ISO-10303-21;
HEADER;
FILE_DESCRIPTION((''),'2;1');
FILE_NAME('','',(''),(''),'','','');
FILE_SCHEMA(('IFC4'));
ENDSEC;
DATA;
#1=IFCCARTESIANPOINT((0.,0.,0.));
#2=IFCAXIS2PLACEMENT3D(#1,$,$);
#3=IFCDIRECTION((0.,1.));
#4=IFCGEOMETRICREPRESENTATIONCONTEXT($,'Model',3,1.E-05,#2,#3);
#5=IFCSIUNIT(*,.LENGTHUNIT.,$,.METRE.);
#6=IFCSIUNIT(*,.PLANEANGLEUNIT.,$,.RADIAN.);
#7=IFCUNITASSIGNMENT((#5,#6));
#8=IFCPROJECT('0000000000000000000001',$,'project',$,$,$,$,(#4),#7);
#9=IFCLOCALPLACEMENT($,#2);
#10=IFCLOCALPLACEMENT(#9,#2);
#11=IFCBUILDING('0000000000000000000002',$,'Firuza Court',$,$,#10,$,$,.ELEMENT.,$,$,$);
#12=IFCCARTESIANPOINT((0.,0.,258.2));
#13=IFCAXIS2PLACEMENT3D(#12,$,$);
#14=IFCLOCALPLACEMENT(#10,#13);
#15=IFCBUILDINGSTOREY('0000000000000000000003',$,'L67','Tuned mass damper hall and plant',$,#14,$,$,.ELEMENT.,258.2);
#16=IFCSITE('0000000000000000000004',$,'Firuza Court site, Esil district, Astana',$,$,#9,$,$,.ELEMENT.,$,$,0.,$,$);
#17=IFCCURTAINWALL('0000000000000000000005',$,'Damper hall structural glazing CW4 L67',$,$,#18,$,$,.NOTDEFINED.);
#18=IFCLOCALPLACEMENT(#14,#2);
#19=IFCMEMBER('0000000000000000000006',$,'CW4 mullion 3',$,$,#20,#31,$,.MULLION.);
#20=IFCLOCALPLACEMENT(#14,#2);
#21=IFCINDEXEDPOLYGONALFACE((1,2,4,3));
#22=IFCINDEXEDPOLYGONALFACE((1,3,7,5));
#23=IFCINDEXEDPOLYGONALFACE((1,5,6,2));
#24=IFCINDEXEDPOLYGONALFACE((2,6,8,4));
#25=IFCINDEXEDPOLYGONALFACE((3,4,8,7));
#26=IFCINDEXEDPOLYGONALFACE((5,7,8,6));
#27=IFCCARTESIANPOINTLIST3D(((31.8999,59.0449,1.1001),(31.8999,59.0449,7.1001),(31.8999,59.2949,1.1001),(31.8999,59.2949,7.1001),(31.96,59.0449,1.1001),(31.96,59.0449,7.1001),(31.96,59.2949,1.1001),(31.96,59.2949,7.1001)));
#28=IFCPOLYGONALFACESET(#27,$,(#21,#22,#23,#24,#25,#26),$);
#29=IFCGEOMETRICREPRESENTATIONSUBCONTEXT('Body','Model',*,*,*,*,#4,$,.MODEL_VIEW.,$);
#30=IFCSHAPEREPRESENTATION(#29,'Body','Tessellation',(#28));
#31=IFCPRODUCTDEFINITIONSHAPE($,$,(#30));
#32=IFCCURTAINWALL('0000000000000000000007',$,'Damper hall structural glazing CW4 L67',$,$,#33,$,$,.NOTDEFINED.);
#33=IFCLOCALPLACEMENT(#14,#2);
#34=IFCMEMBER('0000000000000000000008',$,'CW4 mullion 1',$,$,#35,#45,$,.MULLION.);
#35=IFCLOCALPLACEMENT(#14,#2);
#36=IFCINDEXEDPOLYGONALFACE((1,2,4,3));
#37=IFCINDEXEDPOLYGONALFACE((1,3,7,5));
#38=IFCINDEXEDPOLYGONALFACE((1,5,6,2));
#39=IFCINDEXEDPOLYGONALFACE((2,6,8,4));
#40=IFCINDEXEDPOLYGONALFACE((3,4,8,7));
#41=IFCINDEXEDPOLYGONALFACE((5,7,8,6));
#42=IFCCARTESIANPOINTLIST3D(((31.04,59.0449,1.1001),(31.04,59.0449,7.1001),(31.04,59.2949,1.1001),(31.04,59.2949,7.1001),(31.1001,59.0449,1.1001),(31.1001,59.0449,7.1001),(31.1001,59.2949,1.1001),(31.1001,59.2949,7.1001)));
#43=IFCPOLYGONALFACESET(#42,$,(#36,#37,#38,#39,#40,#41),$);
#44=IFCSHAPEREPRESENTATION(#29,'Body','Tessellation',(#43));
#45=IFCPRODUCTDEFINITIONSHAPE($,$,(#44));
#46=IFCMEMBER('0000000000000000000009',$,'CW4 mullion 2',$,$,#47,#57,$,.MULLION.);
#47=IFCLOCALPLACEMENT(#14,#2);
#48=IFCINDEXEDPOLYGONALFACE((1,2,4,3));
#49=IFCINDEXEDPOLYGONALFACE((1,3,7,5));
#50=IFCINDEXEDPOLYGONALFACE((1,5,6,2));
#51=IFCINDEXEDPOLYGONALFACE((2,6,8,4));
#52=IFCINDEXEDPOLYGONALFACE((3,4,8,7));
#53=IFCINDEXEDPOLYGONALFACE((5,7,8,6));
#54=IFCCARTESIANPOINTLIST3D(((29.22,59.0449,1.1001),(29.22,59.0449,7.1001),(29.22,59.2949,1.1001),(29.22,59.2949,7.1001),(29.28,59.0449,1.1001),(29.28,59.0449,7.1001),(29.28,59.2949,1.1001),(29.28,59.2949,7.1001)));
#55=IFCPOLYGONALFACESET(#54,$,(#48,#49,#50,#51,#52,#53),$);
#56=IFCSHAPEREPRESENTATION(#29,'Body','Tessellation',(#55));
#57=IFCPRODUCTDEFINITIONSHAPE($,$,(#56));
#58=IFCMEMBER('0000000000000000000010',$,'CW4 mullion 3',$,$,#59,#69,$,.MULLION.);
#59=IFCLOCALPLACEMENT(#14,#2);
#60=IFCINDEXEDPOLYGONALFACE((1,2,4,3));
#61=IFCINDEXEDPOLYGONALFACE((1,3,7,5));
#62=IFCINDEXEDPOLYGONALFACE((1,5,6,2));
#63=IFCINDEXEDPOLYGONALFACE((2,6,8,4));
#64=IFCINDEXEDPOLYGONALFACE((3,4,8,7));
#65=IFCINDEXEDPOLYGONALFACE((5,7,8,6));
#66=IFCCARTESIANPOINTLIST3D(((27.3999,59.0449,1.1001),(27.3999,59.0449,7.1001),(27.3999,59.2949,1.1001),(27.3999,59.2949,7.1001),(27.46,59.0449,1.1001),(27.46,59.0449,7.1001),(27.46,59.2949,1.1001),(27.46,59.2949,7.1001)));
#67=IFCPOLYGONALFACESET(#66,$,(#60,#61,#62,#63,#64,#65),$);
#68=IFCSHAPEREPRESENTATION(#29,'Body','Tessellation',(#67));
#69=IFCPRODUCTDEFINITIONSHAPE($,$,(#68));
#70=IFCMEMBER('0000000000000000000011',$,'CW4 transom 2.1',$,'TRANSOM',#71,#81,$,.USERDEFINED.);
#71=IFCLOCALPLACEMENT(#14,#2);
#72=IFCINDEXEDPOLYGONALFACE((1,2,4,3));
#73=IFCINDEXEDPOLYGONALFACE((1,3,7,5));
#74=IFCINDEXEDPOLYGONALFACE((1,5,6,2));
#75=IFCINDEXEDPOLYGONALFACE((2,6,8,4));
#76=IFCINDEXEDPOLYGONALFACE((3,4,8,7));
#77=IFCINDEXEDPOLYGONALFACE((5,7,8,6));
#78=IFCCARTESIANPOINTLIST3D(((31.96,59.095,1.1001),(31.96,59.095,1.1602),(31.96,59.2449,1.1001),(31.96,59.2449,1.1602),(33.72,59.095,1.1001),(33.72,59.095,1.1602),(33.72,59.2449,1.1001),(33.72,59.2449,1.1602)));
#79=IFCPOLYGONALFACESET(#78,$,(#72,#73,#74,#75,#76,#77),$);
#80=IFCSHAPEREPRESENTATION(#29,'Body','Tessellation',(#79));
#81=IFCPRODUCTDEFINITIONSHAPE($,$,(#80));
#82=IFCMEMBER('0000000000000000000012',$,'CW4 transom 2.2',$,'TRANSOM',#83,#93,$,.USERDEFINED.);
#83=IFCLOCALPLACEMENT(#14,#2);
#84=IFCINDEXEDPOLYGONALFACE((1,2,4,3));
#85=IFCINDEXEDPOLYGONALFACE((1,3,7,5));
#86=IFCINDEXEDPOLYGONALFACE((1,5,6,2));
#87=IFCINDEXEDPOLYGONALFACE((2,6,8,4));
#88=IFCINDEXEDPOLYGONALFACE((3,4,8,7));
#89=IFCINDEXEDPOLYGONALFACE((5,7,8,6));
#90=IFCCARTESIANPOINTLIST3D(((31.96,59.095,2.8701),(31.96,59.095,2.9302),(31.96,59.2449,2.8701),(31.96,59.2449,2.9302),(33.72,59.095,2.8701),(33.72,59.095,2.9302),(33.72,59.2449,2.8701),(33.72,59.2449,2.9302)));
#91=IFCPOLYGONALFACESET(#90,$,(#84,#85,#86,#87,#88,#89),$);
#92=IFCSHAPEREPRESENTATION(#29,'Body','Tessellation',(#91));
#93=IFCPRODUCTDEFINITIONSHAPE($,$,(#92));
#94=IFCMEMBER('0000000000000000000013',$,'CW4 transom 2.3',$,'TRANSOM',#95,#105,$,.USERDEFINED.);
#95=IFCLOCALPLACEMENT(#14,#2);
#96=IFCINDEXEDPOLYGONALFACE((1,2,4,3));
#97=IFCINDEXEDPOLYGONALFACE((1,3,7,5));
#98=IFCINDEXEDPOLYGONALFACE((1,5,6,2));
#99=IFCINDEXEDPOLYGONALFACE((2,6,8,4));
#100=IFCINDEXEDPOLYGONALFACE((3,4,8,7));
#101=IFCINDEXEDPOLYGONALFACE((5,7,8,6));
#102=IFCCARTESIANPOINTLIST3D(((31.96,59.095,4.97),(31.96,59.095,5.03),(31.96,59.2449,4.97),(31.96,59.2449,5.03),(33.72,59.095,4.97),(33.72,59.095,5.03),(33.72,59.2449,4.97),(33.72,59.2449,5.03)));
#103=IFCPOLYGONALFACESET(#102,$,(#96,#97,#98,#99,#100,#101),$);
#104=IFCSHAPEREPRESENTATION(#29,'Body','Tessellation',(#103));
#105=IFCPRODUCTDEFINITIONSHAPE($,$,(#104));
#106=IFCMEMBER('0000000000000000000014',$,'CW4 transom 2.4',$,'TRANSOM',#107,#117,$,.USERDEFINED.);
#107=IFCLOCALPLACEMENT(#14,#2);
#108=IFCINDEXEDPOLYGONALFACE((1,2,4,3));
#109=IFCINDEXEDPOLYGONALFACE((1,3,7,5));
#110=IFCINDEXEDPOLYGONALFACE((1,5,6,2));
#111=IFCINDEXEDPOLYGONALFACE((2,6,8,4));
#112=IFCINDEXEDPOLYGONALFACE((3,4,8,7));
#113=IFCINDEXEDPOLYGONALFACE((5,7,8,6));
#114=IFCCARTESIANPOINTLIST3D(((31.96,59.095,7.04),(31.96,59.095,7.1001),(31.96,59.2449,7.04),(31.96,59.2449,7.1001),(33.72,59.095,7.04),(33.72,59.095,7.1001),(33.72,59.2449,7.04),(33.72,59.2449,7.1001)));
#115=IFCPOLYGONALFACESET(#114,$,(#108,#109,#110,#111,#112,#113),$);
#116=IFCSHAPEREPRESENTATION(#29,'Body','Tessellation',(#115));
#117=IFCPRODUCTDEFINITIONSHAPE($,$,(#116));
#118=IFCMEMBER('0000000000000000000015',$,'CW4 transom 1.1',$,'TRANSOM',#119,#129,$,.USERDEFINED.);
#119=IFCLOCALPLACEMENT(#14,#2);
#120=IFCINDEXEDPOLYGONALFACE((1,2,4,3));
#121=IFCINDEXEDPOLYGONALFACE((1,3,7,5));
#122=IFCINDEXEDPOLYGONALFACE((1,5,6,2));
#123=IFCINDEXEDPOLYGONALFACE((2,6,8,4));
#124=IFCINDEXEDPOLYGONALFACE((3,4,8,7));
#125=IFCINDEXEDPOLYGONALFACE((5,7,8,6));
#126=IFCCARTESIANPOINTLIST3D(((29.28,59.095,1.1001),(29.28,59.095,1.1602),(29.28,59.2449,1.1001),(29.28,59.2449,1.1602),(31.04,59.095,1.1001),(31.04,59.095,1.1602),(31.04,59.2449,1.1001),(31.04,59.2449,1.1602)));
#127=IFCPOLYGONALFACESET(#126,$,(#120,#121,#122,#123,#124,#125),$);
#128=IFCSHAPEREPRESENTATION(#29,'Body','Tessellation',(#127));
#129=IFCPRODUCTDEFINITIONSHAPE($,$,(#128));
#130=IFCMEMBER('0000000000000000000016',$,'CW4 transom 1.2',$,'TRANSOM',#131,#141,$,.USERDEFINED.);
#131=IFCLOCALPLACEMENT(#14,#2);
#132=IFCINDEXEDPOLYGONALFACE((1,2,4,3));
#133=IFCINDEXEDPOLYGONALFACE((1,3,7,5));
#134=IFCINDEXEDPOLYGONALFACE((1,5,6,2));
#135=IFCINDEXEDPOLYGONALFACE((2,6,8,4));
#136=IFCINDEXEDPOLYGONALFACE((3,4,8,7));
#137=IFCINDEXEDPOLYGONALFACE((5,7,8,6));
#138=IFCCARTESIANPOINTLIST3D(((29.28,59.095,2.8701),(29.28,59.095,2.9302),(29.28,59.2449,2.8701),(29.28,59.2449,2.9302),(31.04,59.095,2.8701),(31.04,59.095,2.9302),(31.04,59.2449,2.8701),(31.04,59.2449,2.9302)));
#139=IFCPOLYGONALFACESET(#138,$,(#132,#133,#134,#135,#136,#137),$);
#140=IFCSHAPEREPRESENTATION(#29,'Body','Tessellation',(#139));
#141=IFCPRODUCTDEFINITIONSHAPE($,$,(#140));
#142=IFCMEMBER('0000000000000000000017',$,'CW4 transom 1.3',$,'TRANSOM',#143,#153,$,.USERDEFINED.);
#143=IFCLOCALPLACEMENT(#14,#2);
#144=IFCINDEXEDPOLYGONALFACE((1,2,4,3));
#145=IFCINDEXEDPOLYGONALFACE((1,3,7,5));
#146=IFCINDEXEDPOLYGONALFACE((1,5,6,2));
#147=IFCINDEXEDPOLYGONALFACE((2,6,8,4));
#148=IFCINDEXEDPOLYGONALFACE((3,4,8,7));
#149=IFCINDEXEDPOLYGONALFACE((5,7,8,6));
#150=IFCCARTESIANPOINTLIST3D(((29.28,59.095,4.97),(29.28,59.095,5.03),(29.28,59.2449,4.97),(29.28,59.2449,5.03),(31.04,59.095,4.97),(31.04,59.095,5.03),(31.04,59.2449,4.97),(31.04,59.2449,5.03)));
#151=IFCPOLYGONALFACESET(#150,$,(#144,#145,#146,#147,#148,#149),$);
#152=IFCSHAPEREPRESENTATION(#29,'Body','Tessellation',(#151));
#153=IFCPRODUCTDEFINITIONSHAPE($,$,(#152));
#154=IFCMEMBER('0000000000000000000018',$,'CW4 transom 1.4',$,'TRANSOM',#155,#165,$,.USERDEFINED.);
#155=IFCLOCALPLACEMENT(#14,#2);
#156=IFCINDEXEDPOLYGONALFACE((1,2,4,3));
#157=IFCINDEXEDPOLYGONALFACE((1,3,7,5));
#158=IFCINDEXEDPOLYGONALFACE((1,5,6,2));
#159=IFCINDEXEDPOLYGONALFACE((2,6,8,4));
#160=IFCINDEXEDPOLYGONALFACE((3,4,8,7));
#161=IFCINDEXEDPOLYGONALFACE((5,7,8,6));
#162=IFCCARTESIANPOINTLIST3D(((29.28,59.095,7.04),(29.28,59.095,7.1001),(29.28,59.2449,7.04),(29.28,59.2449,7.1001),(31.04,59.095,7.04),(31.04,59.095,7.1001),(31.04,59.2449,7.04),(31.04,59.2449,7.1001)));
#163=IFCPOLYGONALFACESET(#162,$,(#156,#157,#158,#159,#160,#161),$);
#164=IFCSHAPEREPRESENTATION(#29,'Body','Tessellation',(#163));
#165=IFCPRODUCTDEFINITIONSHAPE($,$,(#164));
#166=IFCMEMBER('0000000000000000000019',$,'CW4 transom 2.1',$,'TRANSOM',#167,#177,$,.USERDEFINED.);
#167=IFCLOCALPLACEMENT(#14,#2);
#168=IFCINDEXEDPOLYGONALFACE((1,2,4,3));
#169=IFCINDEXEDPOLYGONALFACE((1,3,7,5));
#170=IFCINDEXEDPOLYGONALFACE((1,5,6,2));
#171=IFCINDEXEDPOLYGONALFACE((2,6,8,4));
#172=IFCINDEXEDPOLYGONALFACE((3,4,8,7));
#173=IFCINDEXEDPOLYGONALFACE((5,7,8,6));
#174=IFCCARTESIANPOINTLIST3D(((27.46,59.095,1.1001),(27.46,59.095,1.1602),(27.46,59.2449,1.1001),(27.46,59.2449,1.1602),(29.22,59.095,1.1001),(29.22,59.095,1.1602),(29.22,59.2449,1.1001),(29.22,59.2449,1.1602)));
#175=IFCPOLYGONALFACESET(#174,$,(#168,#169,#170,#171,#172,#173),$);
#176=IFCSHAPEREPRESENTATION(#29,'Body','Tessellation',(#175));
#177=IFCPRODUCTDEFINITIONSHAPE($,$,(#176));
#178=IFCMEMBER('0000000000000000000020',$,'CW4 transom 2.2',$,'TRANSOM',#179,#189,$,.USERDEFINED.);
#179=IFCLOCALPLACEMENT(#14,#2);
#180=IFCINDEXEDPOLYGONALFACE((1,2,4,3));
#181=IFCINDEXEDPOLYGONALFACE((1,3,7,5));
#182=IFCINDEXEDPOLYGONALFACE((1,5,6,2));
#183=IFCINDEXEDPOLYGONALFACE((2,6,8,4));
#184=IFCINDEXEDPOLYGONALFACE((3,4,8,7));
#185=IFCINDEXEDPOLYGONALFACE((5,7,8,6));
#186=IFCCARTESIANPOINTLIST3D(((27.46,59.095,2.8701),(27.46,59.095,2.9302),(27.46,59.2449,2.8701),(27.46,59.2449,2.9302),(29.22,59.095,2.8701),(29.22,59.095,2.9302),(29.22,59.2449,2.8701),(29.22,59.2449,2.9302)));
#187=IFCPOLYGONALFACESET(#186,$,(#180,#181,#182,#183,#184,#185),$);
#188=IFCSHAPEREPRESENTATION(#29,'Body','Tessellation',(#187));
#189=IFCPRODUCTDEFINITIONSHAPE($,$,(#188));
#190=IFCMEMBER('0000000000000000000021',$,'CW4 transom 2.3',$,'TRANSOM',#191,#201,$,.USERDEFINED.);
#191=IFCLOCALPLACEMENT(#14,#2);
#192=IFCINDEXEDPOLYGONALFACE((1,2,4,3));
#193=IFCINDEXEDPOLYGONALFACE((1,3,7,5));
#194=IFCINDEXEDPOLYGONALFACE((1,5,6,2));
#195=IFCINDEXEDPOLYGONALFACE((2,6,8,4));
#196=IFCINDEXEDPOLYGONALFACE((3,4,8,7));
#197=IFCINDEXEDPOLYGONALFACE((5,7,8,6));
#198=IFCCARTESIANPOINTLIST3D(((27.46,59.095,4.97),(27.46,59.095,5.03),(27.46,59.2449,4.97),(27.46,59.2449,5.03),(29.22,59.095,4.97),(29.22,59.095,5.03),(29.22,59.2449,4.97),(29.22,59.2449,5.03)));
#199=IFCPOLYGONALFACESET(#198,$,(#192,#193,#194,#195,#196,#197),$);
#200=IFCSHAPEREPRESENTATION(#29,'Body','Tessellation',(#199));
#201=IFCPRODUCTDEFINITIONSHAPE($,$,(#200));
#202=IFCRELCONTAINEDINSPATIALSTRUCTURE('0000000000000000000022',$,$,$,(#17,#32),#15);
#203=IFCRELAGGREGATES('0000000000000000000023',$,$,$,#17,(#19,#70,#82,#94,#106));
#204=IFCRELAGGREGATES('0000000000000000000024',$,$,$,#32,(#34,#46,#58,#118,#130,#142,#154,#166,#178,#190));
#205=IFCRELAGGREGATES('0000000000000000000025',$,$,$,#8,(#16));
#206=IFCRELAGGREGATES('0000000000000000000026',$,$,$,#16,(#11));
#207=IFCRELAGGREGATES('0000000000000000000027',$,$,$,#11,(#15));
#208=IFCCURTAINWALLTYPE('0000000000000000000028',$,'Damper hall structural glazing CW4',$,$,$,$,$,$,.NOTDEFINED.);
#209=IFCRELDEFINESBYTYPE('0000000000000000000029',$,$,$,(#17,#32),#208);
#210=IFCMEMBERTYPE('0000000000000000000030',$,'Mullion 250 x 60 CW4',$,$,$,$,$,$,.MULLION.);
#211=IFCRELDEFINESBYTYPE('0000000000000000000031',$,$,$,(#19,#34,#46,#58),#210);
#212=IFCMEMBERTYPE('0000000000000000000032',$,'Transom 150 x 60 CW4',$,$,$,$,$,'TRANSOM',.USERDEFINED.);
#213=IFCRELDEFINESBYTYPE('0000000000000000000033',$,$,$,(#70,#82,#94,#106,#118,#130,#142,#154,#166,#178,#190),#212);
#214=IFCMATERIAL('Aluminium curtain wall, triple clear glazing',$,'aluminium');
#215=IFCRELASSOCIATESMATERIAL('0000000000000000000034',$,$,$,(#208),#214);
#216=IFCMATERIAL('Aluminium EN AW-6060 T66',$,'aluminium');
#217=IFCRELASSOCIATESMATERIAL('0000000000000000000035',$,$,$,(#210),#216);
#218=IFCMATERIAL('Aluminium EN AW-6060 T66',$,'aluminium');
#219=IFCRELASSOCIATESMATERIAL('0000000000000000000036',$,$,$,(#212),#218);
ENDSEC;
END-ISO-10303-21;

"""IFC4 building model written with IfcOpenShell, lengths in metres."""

from ifc_helpers import new_model, si_unit, direction, frame, origin, origin_2d, place, context, subcontext, project, spatial, rectangle, extrude, material, material_profile, profile_set, type_object, element, aggregate, save


model = new_model("IFC4")

# Units and contexts
model_context = context("Model", 3, precision=1e-05, world=origin(), true_north=direction((0.0, 1.0)))
body_context = subcontext(model_context, "Body", "Model", "MODEL_VIEW")
ifc_project = project(units=[si_unit("LENGTHUNIT", "METRE"), si_unit("PLANEANGLEUNIT", "RADIAN")], contexts=[model_context])

# Site, building, storey
site_placement = place(None, origin())
site = spatial("IfcSite", under=ifc_project, at=site_placement, Name="Firuza Court site, Esil district, Astana", CompositionType="ELEMENT", RefElevation=0.0)
building_placement = place(site_placement, origin())
building = spatial("IfcBuilding", under=site, at=building_placement, Name="Firuza Court", CompositionType="ELEMENT")
storey_placement = place(building_placement, frame((0.0, 0.0, 258.2)))
storey = spatial("IfcBuildingStorey", under=building, at=storey_placement, Name="L67", Description="Tuned mass damper hall and plant", CompositionType="ELEMENT", Elevation=258.2)

# Curtain wall, member
ifc_material_1 = material(Name="Aluminium curtain wall, triple clear glazing", Category="aluminium")
curtain_wall_type = type_object("IfcCurtainWallType", Name="Damper hall structural glazing CW4", PredefinedType="NOTDEFINED", material=ifc_material_1)
curtain_wall_1_placement = place(storey_placement, origin())
curtain_wall_1 = element("IfcCurtainWall", 1, at=curtain_wall_1_placement, inside=storey, type_object=curtain_wall_type, Name="Damper hall structural glazing CW4 L67", PredefinedType="NOTDEFINED")
ifc_material_2 = material(Name="Aluminium EN AW-6060 T66", Category="aluminium")
ifc_material_profile_1 = material_profile(ifc_material_2, rectangle(XDim=0.25, YDim=0.0601, at=origin_2d()), Name="Mullion 250 x 60 CW4")
ifc_profile_set_1 = profile_set([ifc_material_profile_1], Name="Aluminium EN AW-6060 T66")
member_type_1 = type_object("IfcMemberType", Name="Mullion 250 x 60 CW4", PredefinedType="MULLION", material=ifc_profile_set_1)
member_1_placement = place(storey_placement, frame((31.9299, 59.1699, 1.1001), z_axis=(0.0, 0.0, 1.0), x_axis=(0.0, -1.0, 0.0)))
member_1 = element("IfcMember", 2, at=member_1_placement, type_object=member_type_1, Name="CW4 mullion 3", PredefinedType="MULLION", context=body_context, shape_type="SweptSolid", body=[
    extrude(rectangle(XDim=0.25, YDim=0.0601, at=origin_2d()), origin(), (0.0, 0.0, 1.0), 6.0),
])

# Curtain wall, members
curtain_wall_2_placement = place(storey_placement, origin())
curtain_wall_2 = element("IfcCurtainWall", 3, at=curtain_wall_2_placement, inside=storey, type_object=curtain_wall_type, Name="Damper hall structural glazing CW4 L67", PredefinedType="NOTDEFINED")
member_2_placement = place(storey_placement, frame((31.0701, 59.1699, 1.1001), z_axis=(0.0, 0.0, 1.0), x_axis=(0.0, -1.0, 0.0)))
member_2 = element("IfcMember", 4, at=member_2_placement, type_object=member_type_1, Name="CW4 mullion 1", PredefinedType="MULLION", context=body_context, shape_type="SweptSolid", body=[
    extrude(rectangle(XDim=0.25, YDim=0.0601, at=origin_2d()), origin(), (0.0, 0.0, 1.0), 6.0),
])
member_3_placement = place(storey_placement, frame((29.25, 59.1699, 1.1001), z_axis=(0.0, 0.0, 1.0), x_axis=(0.0, -1.0, 0.0)))
member_3 = element("IfcMember", 5, at=member_3_placement, type_object=member_type_1, Name="CW4 mullion 2", PredefinedType="MULLION", context=body_context, shape_type="SweptSolid", body=[
    extrude(rectangle(XDim=0.25, YDim=0.0601, at=origin_2d()), origin(), (0.0, 0.0, 1.0), 6.0),
])
member_4_placement = place(storey_placement, frame((27.4299, 59.1699, 1.1001), z_axis=(0.0, 0.0, 1.0), x_axis=(0.0, -1.0, 0.0)))
member_4 = element("IfcMember", 6, at=member_4_placement, type_object=member_type_1, Name="CW4 mullion 3", PredefinedType="MULLION", context=body_context, shape_type="SweptSolid", body=[
    extrude(rectangle(XDim=0.25, YDim=0.0601, at=origin_2d()), origin(), (0.0, 0.0, 1.0), 6.0),
])

# Members
ifc_material_3 = material(Name="Aluminium EN AW-6060 T66", Category="aluminium")
ifc_material_profile_2 = material_profile(ifc_material_3, rectangle(XDim=0.1499, YDim=0.0601, at=origin_2d()), Name="Transom 150 x 60 CW4")
ifc_profile_set_2 = profile_set([ifc_material_profile_2], Name="Aluminium EN AW-6060 T66")
member_type_2 = type_object("IfcMemberType", Name="Transom 150 x 60 CW4", ElementType="TRANSOM", PredefinedType="USERDEFINED", material=ifc_profile_set_2)
member_5_placement = place(storey_placement, frame((33.72, 59.1699, 1.1301), z_axis=(-1.0, 0.0, 0.0), x_axis=(0.0, -1.0, 0.0)))
member_5 = element("IfcMember", 7, at=member_5_placement, type_object=member_type_2, Name="CW4 transom 2.1", ObjectType="TRANSOM", PredefinedType="USERDEFINED", context=body_context, shape_type="SweptSolid", body=[
    extrude(rectangle(XDim=0.1499, YDim=0.0601, at=origin_2d()), origin(), (0.0, 0.0, 1.0), 1.76),
])
member_6_placement = place(storey_placement, frame((33.72, 59.1699, 2.9001), z_axis=(-1.0, 0.0, 0.0), x_axis=(0.0, -1.0, 0.0)))
member_6 = element("IfcMember", 8, at=member_6_placement, type_object=member_type_2, Name="CW4 transom 2.2", ObjectType="TRANSOM", PredefinedType="USERDEFINED", context=body_context, shape_type="SweptSolid", body=[
    extrude(rectangle(XDim=0.1499, YDim=0.0601, at=origin_2d()), origin(), (0.0, 0.0, 1.0), 1.76),
])
member_7_placement = place(storey_placement, frame((33.72, 59.1699, 5.0), z_axis=(-1.0, 0.0, 0.0), x_axis=(0.0, -1.0, 0.0)))
member_7 = element("IfcMember", 9, at=member_7_placement, type_object=member_type_2, Name="CW4 transom 2.3", ObjectType="TRANSOM", PredefinedType="USERDEFINED", context=body_context, shape_type="SweptSolid", body=[
    extrude(rectangle(XDim=0.1499, YDim=0.0601, at=origin_2d()), origin(), (0.0, 0.0, 1.0), 1.76),
])
member_8_placement = place(storey_placement, frame((33.72, 59.1699, 7.0701), z_axis=(-1.0, 0.0, 0.0), x_axis=(0.0, -1.0, 0.0)))
member_8 = element("IfcMember", 10, at=member_8_placement, type_object=member_type_2, Name="CW4 transom 2.4", ObjectType="TRANSOM", PredefinedType="USERDEFINED", context=body_context, shape_type="SweptSolid", body=[
    extrude(rectangle(XDim=0.1499, YDim=0.0601, at=origin_2d()), origin(), (0.0, 0.0, 1.0), 1.76),
])
member_9_placement = place(storey_placement, frame((31.04, 59.1699, 1.1301), z_axis=(-1.0, 0.0, 0.0), x_axis=(0.0, -1.0, 0.0)))
member_9 = element("IfcMember", 11, at=member_9_placement, type_object=member_type_2, Name="CW4 transom 1.1", ObjectType="TRANSOM", PredefinedType="USERDEFINED", context=body_context, shape_type="SweptSolid", body=[
    extrude(rectangle(XDim=0.1499, YDim=0.0601, at=origin_2d()), origin(), (0.0, 0.0, 1.0), 1.76),
])
member_10_placement = place(storey_placement, frame((31.04, 59.1699, 2.9001), z_axis=(-1.0, 0.0, 0.0), x_axis=(0.0, -1.0, 0.0)))
member_10 = element("IfcMember", 12, at=member_10_placement, type_object=member_type_2, Name="CW4 transom 1.2", ObjectType="TRANSOM", PredefinedType="USERDEFINED", context=body_context, shape_type="SweptSolid", body=[
    extrude(rectangle(XDim=0.1499, YDim=0.0601, at=origin_2d()), origin(), (0.0, 0.0, 1.0), 1.76),
])
member_11_placement = place(storey_placement, frame((31.04, 59.1699, 5.0), z_axis=(-1.0, 0.0, 0.0), x_axis=(0.0, -1.0, 0.0)))
member_11 = element("IfcMember", 13, at=member_11_placement, type_object=member_type_2, Name="CW4 transom 1.3", ObjectType="TRANSOM", PredefinedType="USERDEFINED", context=body_context, shape_type="SweptSolid", body=[
    extrude(rectangle(XDim=0.1499, YDim=0.0601, at=origin_2d()), origin(), (0.0, 0.0, 1.0), 1.76),
])
member_12_placement = place(storey_placement, frame((31.04, 59.1699, 7.0701), z_axis=(-1.0, 0.0, 0.0), x_axis=(0.0, -1.0, 0.0)))
member_12 = element("IfcMember", 14, at=member_12_placement, type_object=member_type_2, Name="CW4 transom 1.4", ObjectType="TRANSOM", PredefinedType="USERDEFINED", context=body_context, shape_type="SweptSolid", body=[
    extrude(rectangle(XDim=0.1499, YDim=0.0601, at=origin_2d()), origin(), (0.0, 0.0, 1.0), 1.76),
])
member_13_placement = place(storey_placement, frame((29.22, 59.1699, 1.1301), z_axis=(-1.0, 0.0, 0.0), x_axis=(0.0, -1.0, 0.0)))
member_13 = element("IfcMember", 15, at=member_13_placement, type_object=member_type_2, Name="CW4 transom 2.1", ObjectType="TRANSOM", PredefinedType="USERDEFINED", context=body_context, shape_type="SweptSolid", body=[
    extrude(rectangle(XDim=0.1499, YDim=0.0601, at=origin_2d()), origin(), (0.0, 0.0, 1.0), 1.76),
])
member_14_placement = place(storey_placement, frame((29.22, 59.1699, 2.9001), z_axis=(-1.0, 0.0, 0.0), x_axis=(0.0, -1.0, 0.0)))
member_14 = element("IfcMember", 16, at=member_14_placement, type_object=member_type_2, Name="CW4 transom 2.2", ObjectType="TRANSOM", PredefinedType="USERDEFINED", context=body_context, shape_type="SweptSolid", body=[
    extrude(rectangle(XDim=0.1499, YDim=0.0601, at=origin_2d()), origin(), (0.0, 0.0, 1.0), 1.76),
])
member_15_placement = place(storey_placement, frame((29.22, 59.1699, 5.0), z_axis=(-1.0, 0.0, 0.0), x_axis=(0.0, -1.0, 0.0)))
member_15 = element("IfcMember", 17, at=member_15_placement, type_object=member_type_2, Name="CW4 transom 2.3", ObjectType="TRANSOM", PredefinedType="USERDEFINED", context=body_context, shape_type="SweptSolid", body=[
    extrude(rectangle(XDim=0.1499, YDim=0.0601, at=origin_2d()), origin(), (0.0, 0.0, 1.0), 1.76),
])

aggregate(curtain_wall_1, [member_1, member_5, member_6, member_7, member_8])
aggregate(curtain_wall_2, [member_2, member_3, member_4, member_9, member_10, member_11, member_12, member_13, member_14, member_15])

save(model, "model.ifc")
